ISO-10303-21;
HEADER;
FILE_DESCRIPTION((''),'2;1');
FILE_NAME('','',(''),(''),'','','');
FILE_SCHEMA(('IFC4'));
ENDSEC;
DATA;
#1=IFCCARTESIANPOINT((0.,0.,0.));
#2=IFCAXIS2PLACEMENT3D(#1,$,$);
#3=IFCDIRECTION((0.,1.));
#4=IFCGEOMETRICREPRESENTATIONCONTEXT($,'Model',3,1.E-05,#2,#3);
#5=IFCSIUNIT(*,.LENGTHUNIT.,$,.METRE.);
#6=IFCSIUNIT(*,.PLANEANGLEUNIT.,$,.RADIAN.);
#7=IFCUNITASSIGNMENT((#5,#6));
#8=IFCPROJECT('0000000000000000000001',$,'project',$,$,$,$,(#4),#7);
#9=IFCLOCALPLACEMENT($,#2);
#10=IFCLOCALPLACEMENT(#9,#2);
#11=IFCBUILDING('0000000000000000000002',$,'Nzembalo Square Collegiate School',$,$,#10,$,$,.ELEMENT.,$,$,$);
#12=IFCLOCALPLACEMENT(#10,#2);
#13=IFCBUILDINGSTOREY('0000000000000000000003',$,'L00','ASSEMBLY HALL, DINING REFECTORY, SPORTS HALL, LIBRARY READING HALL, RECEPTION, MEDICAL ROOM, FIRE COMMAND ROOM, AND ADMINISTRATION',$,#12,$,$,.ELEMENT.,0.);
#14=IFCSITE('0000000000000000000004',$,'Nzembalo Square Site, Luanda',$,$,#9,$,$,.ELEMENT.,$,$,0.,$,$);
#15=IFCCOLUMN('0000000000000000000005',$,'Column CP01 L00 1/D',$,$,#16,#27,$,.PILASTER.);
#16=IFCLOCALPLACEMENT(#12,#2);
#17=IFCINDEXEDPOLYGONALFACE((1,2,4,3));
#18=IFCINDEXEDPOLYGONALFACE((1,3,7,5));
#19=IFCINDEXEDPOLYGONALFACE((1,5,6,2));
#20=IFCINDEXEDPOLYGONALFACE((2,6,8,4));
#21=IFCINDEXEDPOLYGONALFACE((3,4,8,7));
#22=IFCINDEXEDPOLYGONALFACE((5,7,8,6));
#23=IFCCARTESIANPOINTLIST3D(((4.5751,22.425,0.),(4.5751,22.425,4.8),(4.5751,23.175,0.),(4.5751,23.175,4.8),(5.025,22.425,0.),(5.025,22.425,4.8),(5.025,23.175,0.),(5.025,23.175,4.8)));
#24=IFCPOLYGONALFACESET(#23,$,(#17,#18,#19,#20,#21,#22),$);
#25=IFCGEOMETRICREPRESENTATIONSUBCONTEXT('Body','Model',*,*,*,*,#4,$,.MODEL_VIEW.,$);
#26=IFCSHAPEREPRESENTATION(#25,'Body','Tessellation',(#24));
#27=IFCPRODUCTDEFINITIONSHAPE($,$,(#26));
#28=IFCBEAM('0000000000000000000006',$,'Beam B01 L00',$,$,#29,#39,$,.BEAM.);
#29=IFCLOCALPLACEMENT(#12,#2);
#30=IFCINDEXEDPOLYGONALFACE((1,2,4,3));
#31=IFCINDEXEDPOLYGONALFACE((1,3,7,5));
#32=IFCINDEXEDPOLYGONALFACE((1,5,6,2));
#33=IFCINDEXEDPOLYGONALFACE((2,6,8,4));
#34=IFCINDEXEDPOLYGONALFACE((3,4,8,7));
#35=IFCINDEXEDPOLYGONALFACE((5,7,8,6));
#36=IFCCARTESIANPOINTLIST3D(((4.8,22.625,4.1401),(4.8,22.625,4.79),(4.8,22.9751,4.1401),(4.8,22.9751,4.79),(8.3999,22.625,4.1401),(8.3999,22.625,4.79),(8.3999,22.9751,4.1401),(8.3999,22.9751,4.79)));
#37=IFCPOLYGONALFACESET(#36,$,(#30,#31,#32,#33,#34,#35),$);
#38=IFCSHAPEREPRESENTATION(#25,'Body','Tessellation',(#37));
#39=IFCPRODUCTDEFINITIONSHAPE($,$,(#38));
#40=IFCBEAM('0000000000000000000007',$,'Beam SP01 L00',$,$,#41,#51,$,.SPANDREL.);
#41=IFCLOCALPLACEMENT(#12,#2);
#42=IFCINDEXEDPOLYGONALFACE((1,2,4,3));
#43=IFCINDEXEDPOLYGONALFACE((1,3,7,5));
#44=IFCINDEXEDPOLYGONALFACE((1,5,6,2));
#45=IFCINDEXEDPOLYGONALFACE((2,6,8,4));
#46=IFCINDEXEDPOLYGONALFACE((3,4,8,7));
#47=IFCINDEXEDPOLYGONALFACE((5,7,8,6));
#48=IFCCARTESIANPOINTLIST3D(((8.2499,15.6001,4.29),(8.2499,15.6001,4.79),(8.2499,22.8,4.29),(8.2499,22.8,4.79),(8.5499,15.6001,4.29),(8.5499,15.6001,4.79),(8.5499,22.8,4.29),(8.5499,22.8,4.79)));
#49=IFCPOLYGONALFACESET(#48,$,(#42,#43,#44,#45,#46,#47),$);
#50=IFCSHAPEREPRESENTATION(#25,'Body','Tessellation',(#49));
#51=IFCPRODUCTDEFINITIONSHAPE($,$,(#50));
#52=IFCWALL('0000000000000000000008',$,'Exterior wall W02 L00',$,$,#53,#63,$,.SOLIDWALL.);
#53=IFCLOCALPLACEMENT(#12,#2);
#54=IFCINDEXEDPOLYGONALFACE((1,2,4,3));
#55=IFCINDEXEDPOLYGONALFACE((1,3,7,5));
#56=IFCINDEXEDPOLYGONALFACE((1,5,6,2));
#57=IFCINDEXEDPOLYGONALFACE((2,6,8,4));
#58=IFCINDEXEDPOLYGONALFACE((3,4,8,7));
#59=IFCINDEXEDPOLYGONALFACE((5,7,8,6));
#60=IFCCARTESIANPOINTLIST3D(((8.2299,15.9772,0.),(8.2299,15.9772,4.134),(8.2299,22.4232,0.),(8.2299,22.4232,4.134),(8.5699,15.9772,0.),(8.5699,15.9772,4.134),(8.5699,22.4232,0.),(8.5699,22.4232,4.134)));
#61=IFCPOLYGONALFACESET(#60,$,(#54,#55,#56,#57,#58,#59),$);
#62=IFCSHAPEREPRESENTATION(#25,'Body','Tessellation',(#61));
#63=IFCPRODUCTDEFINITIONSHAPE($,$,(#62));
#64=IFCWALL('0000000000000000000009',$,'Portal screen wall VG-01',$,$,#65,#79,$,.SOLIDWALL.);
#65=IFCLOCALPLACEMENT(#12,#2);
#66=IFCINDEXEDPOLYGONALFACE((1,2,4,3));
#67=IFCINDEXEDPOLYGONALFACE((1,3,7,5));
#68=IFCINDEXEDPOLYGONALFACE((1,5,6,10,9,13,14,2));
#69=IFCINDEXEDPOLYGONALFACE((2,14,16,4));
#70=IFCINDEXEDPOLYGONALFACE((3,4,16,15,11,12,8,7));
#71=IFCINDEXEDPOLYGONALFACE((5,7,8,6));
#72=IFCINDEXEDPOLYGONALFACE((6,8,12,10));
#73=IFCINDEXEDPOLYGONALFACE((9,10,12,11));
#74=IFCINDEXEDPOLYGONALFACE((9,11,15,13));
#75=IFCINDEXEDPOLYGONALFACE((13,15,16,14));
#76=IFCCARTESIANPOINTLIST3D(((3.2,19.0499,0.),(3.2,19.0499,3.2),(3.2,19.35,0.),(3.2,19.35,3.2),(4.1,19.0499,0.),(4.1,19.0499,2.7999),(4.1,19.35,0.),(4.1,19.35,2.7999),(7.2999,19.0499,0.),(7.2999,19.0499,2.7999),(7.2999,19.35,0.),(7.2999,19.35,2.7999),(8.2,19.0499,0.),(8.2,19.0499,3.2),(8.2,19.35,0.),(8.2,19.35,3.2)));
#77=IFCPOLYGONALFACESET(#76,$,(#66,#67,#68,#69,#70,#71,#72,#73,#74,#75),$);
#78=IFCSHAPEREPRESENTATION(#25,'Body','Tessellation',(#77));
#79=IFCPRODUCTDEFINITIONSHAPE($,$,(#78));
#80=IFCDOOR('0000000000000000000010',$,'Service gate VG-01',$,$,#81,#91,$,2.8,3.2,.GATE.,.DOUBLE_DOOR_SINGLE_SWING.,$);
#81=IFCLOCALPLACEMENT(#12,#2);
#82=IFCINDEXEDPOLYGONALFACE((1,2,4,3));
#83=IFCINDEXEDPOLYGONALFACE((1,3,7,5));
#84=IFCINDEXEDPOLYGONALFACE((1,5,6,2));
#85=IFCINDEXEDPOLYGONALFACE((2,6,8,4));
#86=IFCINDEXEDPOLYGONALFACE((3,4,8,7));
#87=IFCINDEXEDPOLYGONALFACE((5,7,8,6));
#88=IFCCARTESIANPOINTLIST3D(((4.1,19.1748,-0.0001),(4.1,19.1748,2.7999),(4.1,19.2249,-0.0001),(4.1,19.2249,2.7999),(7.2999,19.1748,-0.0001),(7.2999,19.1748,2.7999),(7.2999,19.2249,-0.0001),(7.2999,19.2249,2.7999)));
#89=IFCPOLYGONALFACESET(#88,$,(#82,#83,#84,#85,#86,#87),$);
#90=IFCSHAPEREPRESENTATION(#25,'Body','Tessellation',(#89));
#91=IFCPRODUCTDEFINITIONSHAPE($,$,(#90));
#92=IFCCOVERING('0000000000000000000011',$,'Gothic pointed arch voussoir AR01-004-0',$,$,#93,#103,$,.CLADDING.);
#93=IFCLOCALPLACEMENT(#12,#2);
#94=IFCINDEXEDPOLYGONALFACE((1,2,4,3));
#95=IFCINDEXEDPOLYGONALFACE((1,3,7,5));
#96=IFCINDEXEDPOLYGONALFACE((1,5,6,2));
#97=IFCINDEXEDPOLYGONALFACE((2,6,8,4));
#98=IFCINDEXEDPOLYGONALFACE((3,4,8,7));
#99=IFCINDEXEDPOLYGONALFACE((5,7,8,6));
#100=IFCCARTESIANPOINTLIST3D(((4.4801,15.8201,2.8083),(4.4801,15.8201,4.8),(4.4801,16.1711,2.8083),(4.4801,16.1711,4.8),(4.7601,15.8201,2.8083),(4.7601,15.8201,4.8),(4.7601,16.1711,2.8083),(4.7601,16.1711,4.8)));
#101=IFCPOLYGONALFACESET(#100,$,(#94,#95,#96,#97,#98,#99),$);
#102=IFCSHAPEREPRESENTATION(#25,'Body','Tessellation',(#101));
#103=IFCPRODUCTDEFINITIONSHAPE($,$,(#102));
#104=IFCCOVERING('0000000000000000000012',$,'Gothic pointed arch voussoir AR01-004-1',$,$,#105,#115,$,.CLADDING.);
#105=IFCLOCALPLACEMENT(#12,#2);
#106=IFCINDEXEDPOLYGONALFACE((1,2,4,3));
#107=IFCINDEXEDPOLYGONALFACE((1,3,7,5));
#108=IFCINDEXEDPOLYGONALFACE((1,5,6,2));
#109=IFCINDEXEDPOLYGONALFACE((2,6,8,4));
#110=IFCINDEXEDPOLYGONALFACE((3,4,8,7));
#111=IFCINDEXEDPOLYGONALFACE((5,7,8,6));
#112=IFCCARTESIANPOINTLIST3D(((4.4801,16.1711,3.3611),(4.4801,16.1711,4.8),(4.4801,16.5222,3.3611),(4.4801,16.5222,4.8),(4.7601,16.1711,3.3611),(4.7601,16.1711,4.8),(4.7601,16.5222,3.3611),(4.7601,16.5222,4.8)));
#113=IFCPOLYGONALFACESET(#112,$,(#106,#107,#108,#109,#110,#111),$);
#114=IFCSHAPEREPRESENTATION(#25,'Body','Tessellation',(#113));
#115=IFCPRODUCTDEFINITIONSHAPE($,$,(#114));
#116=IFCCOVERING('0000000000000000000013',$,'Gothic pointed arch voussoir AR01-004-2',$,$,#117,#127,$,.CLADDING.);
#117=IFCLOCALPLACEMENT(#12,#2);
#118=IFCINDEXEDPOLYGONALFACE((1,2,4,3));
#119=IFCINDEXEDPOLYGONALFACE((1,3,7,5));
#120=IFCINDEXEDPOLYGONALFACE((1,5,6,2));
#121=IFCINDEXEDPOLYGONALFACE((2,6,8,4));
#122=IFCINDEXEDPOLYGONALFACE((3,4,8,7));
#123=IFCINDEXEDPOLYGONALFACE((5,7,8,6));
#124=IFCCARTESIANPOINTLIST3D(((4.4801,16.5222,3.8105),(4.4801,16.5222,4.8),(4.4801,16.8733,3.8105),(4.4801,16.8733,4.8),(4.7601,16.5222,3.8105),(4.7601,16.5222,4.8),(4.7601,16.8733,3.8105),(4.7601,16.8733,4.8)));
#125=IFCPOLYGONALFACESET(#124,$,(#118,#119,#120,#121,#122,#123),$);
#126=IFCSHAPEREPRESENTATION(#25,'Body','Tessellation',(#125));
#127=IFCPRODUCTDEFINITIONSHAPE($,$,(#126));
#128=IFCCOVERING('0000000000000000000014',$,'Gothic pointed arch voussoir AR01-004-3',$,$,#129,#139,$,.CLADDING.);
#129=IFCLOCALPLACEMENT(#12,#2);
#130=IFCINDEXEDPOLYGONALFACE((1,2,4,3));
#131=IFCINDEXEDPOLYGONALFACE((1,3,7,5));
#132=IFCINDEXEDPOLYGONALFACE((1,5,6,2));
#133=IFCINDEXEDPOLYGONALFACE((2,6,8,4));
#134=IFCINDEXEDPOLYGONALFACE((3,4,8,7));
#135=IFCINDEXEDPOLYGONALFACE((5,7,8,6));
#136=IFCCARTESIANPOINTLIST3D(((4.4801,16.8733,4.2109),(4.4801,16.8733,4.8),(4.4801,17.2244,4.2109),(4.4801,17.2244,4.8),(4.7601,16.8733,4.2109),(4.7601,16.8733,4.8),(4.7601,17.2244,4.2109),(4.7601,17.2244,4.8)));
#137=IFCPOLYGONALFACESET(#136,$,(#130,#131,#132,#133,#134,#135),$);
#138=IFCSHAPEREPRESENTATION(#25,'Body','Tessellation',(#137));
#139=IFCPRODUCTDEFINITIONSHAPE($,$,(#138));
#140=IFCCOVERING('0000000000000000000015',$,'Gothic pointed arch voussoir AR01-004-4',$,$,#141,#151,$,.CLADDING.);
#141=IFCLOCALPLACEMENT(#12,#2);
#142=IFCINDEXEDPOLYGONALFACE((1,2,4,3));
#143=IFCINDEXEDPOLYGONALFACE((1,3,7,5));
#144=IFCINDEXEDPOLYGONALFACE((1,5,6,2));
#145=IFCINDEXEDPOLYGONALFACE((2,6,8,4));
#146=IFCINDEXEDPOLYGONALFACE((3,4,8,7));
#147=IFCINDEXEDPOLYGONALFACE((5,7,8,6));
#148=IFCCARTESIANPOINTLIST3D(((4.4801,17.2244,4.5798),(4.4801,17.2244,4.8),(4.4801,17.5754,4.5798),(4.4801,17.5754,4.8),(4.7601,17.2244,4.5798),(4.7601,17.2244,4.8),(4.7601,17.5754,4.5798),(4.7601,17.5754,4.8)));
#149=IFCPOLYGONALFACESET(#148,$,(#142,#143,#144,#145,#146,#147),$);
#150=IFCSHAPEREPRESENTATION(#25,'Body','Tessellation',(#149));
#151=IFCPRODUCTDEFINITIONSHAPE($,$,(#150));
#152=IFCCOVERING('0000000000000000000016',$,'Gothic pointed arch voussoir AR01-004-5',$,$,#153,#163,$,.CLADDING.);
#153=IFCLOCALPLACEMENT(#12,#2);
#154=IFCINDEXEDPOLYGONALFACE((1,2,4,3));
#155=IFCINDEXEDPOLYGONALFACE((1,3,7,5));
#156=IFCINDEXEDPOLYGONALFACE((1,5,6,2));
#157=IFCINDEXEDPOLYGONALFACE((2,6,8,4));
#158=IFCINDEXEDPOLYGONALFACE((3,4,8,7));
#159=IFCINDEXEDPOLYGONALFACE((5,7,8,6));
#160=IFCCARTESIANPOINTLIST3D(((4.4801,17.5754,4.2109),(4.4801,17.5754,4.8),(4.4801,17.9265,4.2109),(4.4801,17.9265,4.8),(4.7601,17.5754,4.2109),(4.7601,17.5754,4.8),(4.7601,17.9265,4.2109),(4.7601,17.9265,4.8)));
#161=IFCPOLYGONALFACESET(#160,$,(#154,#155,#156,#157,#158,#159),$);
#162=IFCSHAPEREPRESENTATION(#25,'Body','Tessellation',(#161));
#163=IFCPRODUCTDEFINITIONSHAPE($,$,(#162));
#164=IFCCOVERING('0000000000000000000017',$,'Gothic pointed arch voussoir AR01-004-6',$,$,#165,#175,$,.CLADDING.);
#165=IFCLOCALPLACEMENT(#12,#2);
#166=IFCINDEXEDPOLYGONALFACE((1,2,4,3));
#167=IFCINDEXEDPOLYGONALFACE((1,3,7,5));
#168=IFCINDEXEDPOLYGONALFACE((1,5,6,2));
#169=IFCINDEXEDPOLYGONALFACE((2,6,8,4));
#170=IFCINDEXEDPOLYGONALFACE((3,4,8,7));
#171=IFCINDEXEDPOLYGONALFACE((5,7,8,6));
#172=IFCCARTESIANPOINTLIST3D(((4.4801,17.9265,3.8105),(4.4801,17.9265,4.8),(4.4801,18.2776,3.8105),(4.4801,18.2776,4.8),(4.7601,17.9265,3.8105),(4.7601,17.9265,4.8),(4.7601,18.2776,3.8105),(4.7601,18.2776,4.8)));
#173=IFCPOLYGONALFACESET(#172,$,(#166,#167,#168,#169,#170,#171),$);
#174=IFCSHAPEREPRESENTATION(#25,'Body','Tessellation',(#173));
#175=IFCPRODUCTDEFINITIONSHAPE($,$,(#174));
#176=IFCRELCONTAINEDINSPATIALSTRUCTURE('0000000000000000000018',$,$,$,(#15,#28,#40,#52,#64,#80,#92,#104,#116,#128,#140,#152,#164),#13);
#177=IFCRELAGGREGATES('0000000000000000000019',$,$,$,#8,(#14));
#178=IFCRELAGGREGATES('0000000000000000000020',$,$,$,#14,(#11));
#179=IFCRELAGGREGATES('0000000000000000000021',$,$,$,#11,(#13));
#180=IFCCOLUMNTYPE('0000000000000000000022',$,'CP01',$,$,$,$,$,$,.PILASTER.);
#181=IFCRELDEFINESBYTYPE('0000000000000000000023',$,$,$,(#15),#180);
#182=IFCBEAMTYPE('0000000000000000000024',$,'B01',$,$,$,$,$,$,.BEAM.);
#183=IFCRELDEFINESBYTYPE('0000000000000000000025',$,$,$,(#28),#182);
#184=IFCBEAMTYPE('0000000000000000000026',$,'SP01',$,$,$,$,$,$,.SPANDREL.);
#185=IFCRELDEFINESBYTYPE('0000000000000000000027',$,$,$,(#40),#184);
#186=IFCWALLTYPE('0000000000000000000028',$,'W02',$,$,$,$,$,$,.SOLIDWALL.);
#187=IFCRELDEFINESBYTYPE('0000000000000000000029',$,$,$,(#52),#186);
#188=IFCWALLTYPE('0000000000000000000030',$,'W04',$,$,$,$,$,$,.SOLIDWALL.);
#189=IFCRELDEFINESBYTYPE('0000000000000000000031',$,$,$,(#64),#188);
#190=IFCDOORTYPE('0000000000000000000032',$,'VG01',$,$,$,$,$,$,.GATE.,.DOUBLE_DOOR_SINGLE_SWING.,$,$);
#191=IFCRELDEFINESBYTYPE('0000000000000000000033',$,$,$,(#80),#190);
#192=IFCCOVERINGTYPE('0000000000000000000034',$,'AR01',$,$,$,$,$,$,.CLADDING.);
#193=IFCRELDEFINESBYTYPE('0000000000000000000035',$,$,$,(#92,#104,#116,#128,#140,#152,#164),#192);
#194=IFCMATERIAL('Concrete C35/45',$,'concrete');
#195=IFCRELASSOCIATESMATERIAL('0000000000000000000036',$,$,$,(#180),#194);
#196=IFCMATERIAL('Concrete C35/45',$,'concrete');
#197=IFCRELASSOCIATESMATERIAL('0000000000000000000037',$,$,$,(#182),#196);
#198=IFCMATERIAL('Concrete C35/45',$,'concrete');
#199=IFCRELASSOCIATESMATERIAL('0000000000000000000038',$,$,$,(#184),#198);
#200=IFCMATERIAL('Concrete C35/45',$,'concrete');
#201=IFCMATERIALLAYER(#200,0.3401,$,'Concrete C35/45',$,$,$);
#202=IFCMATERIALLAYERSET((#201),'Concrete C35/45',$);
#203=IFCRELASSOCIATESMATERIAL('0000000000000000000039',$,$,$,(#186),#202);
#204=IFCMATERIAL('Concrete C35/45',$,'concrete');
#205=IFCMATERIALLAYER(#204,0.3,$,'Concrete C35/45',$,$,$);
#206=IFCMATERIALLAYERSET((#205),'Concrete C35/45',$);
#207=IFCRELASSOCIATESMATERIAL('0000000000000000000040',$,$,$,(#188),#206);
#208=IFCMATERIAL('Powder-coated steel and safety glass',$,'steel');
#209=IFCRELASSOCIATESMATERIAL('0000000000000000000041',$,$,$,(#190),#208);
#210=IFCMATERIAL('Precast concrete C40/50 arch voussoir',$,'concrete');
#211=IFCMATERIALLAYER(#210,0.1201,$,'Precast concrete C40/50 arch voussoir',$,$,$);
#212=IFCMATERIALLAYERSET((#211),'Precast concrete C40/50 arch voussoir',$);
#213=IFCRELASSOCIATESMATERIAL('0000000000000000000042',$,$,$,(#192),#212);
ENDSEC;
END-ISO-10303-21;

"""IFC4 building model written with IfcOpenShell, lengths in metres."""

from ifc_helpers import new_model, si_unit, direction, frame, frame_2d, origin, origin_2d, place, context, subcontext, project, spatial, rectangle, extrude, material, layer, layer_set, material_profile, profile_set, type_object, element, fill, save


model = new_model("IFC4")

# Units and contexts
model_context = context("Model", 3, precision=1e-05, world=origin(), true_north=direction((0.0, 1.0)))
body_context = subcontext(model_context, "Body", "Model", "MODEL_VIEW")
ifc_project = project(units=[si_unit("LENGTHUNIT", "METRE"), si_unit("PLANEANGLEUNIT", "RADIAN")], contexts=[model_context])

# Site, building, storey
site_placement = place(None, origin())
site = spatial("IfcSite", under=ifc_project, at=site_placement, Name="Nzembalo Square Site, Luanda", CompositionType="ELEMENT", RefElevation=0.0)
building_placement = place(site_placement, origin())
building = spatial("IfcBuilding", under=site, at=building_placement, Name="Nzembalo Square Collegiate School", CompositionType="ELEMENT")
storey_placement = place(building_placement, origin())
storey = spatial("IfcBuildingStorey", under=building, at=storey_placement, Name="L00", Description="ASSEMBLY HALL, DINING REFECTORY, SPORTS HALL, LIBRARY READING HALL, RECEPTION, MEDICAL ROOM, FIRE COMMAND ROOM, AND ADMINISTRATION", CompositionType="ELEMENT", Elevation=0.0)

# Column
ifc_material_1 = material(Name="Concrete C35/45", Category="concrete")
ifc_material_profile_1 = material_profile(ifc_material_1, rectangle(XDim=0.45, YDim=0.75, at=origin_2d()), Name="RC 450x750")
ifc_profile_set_1 = profile_set([ifc_material_profile_1], Name="Concrete C35/45")
column_type = type_object("IfcColumnType", Name="CP01", PredefinedType="PILASTER", material=ifc_profile_set_1)
column_placement = place(storey_placement, frame((4.8, 22.8, 0.0), z_axis=(0.0, 0.0, 1.0), x_axis=(1.0, 0.0, 0.0)))
element("IfcColumn", 1, at=column_placement, inside=storey, type_object=column_type, Name="Column CP01 L00 1/D", PredefinedType="PILASTER", context=body_context, shape_type="SweptSolid", body=[
    extrude(rectangle(XDim=0.45, YDim=0.75, at=origin_2d()), origin(), (0.0, 0.0, 1.0), 4.8),
])

# Beams
ifc_material_2 = material(Name="Concrete C35/45", Category="concrete")
ifc_material_profile_2 = material_profile(ifc_material_2, rectangle(XDim=0.3501, YDim=0.6499, at=origin_2d()), Name="RC 350x650")
ifc_profile_set_2 = profile_set([ifc_material_profile_2], Name="Concrete C35/45")
beam_type_1 = type_object("IfcBeamType", Name="B01", PredefinedType="BEAM", material=ifc_profile_set_2)
beam_1_placement = place(storey_placement, frame((4.8, 22.8, 4.4651), z_axis=(1.0, 0.0, 0.0), x_axis=(0.0, 1.0, 0.0)))
element("IfcBeam", 2, at=beam_1_placement, inside=storey, type_object=beam_type_1, Name="Beam B01 L00", PredefinedType="BEAM", context=body_context, shape_type="SweptSolid", body=[
    extrude(rectangle(XDim=0.3501, YDim=0.6499, at=origin_2d()), origin(), (0.0, 0.0, 1.0), 3.5999),
])
ifc_material_3 = material(Name="Concrete C35/45", Category="concrete")
ifc_material_profile_3 = material_profile(ifc_material_3, rectangle(XDim=0.3, YDim=0.5, at=origin_2d()), Name="RC 300x500")
ifc_profile_set_3 = profile_set([ifc_material_profile_3], Name="Concrete C35/45")
beam_type_2 = type_object("IfcBeamType", Name="SP01", PredefinedType="SPANDREL", material=ifc_profile_set_3)
beam_2_placement = place(storey_placement, frame((8.3999, 15.6001, 4.54), z_axis=(0.0, 1.0, 0.0), x_axis=(-1.0, 0.0, 0.0)))
element("IfcBeam", 3, at=beam_2_placement, inside=storey, type_object=beam_type_2, Name="Beam SP01 L00", PredefinedType="SPANDREL", context=body_context, shape_type="SweptSolid", body=[
    extrude(rectangle(XDim=0.3, YDim=0.5, at=origin_2d()), origin(), (0.0, 0.0, 1.0), 7.2),
])

# Wall
ifc_material_4 = material(Name="Concrete C35/45", Category="concrete")
ifc_layer_1 = layer(ifc_material_4, 0.3401, Name="Concrete C35/45")
ifc_layer_set_1 = layer_set([ifc_layer_1], Name="Concrete C35/45")
wall_type_1 = type_object("IfcWallType", Name="W02", PredefinedType="SOLIDWALL", material=ifc_layer_set_1)
wall_1_placement = place(storey_placement, frame((8.3999, 15.9771, 0.0), z_axis=(0.0, 0.0, 1.0), x_axis=(0.0, 1.0, 0.0)))
element("IfcWall", 4, at=wall_1_placement, inside=storey, type_object=wall_type_1, Name="Exterior wall W02 L00", PredefinedType="SOLIDWALL", context=body_context, shape_type="SweptSolid", body=[
    extrude(rectangle(XDim=6.446, YDim=0.3401, at=frame_2d((3.2231, 0.0))), origin(), (0.0, 0.0, 1.0), 4.134),
])

# Wall, opening, door
ifc_material_5 = material(Name="Concrete C35/45", Category="concrete")
ifc_layer_2 = layer(ifc_material_5, 0.3, Name="Concrete C35/45")
ifc_layer_set_2 = layer_set([ifc_layer_2], Name="Concrete C35/45")
wall_type_2 = type_object("IfcWallType", Name="W04", PredefinedType="SOLIDWALL", material=ifc_layer_set_2)
wall_2_placement = place(storey_placement, frame((3.2, 19.2, 0.0), z_axis=(0.0, 0.0, 1.0), x_axis=(1.0, 0.0, 0.0)))
wall_2 = element("IfcWall", 5, at=wall_2_placement, inside=storey, type_object=wall_type_2, Name="Portal screen wall VG-01", PredefinedType="SOLIDWALL", context=body_context, shape_type="SweptSolid", body=[
    extrude(rectangle(XDim=5.0, YDim=0.3, at=frame_2d((2.5, 0.0))), origin(), (0.0, 0.0, 1.0), 3.2),
])
opening_placement = place(wall_2_placement, frame((0.8999, 0.0, 0.0)))
opening = element("IfcOpeningElement", 6, at=opening_placement, cuts=wall_2, PredefinedType="OPENING", context=body_context, shape_type="SweptSolid", body=[
    extrude(rectangle(XDim=3.2, YDim=2.8, at=frame_2d((1.6001, 1.3999))), frame((0.0, 0.1602, 0.0), z_axis=(0.0, -1.0, 0.0), x_axis=(1.0, 0.0, 0.0)), (0.0, 0.0, 1.0), 0.3201),
])
ifc_material_6 = material(Name="Powder-coated steel and safety glass", Category="steel")
door_type = type_object("IfcDoorType", Name="VG01", OperationType="DOUBLE_DOOR_SINGLE_SWING", PredefinedType="GATE", material=ifc_material_6)
door_placement = place(opening_placement, origin())
door = element("IfcDoor", 7, at=door_placement, inside=storey, type_object=door_type, Name="Service gate VG-01", OperationType="DOUBLE_DOOR_SINGLE_SWING", OverallHeight=2.8, OverallWidth=3.2, PredefinedType="GATE", context=body_context, shape_type="SweptSolid", body=[
    extrude(rectangle(XDim=3.2, YDim=2.8, at=frame_2d((1.6001, 1.3999))), frame((0.0, 0.0249, 0.0), z_axis=(0.0, -1.0, 0.0), x_axis=(1.0, 0.0, 0.0)), (0.0, 0.0, 1.0), 0.05),
])
fill(opening, door)

# Coverings
ifc_material_7 = material(Name="Precast concrete C40/50 arch voussoir", Category="concrete")
ifc_layer_3 = layer(ifc_material_7, 0.1201, Name="Precast concrete C40/50 arch voussoir")
ifc_layer_set_3 = layer_set([ifc_layer_3], Name="Precast concrete C40/50 arch voussoir")
covering_type = type_object("IfcCoveringType", Name="AR01", PredefinedType="CLADDING", material=ifc_layer_set_3)
covering_1_placement = place(storey_placement, frame((4.6201, 15.9956, 2.8083), z_axis=(0.0, 0.0, 1.0), x_axis=(1.0, 0.0, 0.0)))
element("IfcCovering", 8, at=covering_1_placement, inside=storey, type_object=covering_type, Name="Gothic pointed arch voussoir AR01-004-0", PredefinedType="CLADDING", context=body_context, shape_type="SweptSolid", body=[
    extrude(rectangle(XDim=0.28, YDim=0.3511, at=origin_2d()), origin(), (0.0, 0.0, 1.0), 1.9917),
])
covering_2_placement = place(storey_placement, frame((4.6201, 16.3467, 3.3611), z_axis=(0.0, 0.0, 1.0), x_axis=(1.0, 0.0, 0.0)))
element("IfcCovering", 9, at=covering_2_placement, inside=storey, type_object=covering_type, Name="Gothic pointed arch voussoir AR01-004-1", PredefinedType="CLADDING", context=body_context, shape_type="SweptSolid", body=[
    extrude(rectangle(XDim=0.28, YDim=0.3511, at=origin_2d()), origin(), (0.0, 0.0, 1.0), 1.439),
])
covering_3_placement = place(storey_placement, frame((4.6201, 16.6978, 3.8105), z_axis=(0.0, 0.0, 1.0), x_axis=(1.0, 0.0, 0.0)))
element("IfcCovering", 10, at=covering_3_placement, inside=storey, type_object=covering_type, Name="Gothic pointed arch voussoir AR01-004-2", PredefinedType="CLADDING", context=body_context, shape_type="SweptSolid", body=[
    extrude(rectangle(XDim=0.28, YDim=0.3511, at=origin_2d()), origin(), (0.0, 0.0, 1.0), 0.9895),
])
covering_4_placement = place(storey_placement, frame((4.6201, 17.0488, 4.2109), z_axis=(0.0, 0.0, 1.0), x_axis=(1.0, 0.0, 0.0)))
element("IfcCovering", 11, at=covering_4_placement, inside=storey, type_object=covering_type, Name="Gothic pointed arch voussoir AR01-004-3", PredefinedType="CLADDING", context=body_context, shape_type="SweptSolid", body=[
    extrude(rectangle(XDim=0.28, YDim=0.3511, at=origin_2d()), origin(), (0.0, 0.0, 1.0), 0.5891),
])
covering_5_placement = place(storey_placement, frame((4.6201, 17.3999, 4.5798), z_axis=(0.0, 0.0, 1.0), x_axis=(1.0, 0.0, 0.0)))
element("IfcCovering", 12, at=covering_5_placement, inside=storey, type_object=covering_type, Name="Gothic pointed arch voussoir AR01-004-4", PredefinedType="CLADDING", context=body_context, shape_type="SweptSolid", body=[
    extrude(rectangle(XDim=0.28, YDim=0.3511, at=origin_2d()), origin(), (0.0, 0.0, 1.0), 0.2202),
])
covering_6_placement = place(storey_placement, frame((4.6201, 17.751, 4.2109), z_axis=(0.0, 0.0, 1.0), x_axis=(1.0, 0.0, 0.0)))
element("IfcCovering", 13, at=covering_6_placement, inside=storey, type_object=covering_type, Name="Gothic pointed arch voussoir AR01-004-5", PredefinedType="CLADDING", context=body_context, shape_type="SweptSolid", body=[
    extrude(rectangle(XDim=0.28, YDim=0.3511, at=origin_2d()), origin(), (0.0, 0.0, 1.0), 0.5891),
])
covering_7_placement = place(storey_placement, frame((4.6201, 18.1021, 3.8105), z_axis=(0.0, 0.0, 1.0), x_axis=(1.0, 0.0, 0.0)))
element("IfcCovering", 14, at=covering_7_placement, inside=storey, type_object=covering_type, Name="Gothic pointed arch voussoir AR01-004-6", PredefinedType="CLADDING", context=body_context, shape_type="SweptSolid", body=[
    extrude(rectangle(XDim=0.28, YDim=0.3511, at=origin_2d()), origin(), (0.0, 0.0, 1.0), 0.9895),
])

save(model, "model.ifc")
